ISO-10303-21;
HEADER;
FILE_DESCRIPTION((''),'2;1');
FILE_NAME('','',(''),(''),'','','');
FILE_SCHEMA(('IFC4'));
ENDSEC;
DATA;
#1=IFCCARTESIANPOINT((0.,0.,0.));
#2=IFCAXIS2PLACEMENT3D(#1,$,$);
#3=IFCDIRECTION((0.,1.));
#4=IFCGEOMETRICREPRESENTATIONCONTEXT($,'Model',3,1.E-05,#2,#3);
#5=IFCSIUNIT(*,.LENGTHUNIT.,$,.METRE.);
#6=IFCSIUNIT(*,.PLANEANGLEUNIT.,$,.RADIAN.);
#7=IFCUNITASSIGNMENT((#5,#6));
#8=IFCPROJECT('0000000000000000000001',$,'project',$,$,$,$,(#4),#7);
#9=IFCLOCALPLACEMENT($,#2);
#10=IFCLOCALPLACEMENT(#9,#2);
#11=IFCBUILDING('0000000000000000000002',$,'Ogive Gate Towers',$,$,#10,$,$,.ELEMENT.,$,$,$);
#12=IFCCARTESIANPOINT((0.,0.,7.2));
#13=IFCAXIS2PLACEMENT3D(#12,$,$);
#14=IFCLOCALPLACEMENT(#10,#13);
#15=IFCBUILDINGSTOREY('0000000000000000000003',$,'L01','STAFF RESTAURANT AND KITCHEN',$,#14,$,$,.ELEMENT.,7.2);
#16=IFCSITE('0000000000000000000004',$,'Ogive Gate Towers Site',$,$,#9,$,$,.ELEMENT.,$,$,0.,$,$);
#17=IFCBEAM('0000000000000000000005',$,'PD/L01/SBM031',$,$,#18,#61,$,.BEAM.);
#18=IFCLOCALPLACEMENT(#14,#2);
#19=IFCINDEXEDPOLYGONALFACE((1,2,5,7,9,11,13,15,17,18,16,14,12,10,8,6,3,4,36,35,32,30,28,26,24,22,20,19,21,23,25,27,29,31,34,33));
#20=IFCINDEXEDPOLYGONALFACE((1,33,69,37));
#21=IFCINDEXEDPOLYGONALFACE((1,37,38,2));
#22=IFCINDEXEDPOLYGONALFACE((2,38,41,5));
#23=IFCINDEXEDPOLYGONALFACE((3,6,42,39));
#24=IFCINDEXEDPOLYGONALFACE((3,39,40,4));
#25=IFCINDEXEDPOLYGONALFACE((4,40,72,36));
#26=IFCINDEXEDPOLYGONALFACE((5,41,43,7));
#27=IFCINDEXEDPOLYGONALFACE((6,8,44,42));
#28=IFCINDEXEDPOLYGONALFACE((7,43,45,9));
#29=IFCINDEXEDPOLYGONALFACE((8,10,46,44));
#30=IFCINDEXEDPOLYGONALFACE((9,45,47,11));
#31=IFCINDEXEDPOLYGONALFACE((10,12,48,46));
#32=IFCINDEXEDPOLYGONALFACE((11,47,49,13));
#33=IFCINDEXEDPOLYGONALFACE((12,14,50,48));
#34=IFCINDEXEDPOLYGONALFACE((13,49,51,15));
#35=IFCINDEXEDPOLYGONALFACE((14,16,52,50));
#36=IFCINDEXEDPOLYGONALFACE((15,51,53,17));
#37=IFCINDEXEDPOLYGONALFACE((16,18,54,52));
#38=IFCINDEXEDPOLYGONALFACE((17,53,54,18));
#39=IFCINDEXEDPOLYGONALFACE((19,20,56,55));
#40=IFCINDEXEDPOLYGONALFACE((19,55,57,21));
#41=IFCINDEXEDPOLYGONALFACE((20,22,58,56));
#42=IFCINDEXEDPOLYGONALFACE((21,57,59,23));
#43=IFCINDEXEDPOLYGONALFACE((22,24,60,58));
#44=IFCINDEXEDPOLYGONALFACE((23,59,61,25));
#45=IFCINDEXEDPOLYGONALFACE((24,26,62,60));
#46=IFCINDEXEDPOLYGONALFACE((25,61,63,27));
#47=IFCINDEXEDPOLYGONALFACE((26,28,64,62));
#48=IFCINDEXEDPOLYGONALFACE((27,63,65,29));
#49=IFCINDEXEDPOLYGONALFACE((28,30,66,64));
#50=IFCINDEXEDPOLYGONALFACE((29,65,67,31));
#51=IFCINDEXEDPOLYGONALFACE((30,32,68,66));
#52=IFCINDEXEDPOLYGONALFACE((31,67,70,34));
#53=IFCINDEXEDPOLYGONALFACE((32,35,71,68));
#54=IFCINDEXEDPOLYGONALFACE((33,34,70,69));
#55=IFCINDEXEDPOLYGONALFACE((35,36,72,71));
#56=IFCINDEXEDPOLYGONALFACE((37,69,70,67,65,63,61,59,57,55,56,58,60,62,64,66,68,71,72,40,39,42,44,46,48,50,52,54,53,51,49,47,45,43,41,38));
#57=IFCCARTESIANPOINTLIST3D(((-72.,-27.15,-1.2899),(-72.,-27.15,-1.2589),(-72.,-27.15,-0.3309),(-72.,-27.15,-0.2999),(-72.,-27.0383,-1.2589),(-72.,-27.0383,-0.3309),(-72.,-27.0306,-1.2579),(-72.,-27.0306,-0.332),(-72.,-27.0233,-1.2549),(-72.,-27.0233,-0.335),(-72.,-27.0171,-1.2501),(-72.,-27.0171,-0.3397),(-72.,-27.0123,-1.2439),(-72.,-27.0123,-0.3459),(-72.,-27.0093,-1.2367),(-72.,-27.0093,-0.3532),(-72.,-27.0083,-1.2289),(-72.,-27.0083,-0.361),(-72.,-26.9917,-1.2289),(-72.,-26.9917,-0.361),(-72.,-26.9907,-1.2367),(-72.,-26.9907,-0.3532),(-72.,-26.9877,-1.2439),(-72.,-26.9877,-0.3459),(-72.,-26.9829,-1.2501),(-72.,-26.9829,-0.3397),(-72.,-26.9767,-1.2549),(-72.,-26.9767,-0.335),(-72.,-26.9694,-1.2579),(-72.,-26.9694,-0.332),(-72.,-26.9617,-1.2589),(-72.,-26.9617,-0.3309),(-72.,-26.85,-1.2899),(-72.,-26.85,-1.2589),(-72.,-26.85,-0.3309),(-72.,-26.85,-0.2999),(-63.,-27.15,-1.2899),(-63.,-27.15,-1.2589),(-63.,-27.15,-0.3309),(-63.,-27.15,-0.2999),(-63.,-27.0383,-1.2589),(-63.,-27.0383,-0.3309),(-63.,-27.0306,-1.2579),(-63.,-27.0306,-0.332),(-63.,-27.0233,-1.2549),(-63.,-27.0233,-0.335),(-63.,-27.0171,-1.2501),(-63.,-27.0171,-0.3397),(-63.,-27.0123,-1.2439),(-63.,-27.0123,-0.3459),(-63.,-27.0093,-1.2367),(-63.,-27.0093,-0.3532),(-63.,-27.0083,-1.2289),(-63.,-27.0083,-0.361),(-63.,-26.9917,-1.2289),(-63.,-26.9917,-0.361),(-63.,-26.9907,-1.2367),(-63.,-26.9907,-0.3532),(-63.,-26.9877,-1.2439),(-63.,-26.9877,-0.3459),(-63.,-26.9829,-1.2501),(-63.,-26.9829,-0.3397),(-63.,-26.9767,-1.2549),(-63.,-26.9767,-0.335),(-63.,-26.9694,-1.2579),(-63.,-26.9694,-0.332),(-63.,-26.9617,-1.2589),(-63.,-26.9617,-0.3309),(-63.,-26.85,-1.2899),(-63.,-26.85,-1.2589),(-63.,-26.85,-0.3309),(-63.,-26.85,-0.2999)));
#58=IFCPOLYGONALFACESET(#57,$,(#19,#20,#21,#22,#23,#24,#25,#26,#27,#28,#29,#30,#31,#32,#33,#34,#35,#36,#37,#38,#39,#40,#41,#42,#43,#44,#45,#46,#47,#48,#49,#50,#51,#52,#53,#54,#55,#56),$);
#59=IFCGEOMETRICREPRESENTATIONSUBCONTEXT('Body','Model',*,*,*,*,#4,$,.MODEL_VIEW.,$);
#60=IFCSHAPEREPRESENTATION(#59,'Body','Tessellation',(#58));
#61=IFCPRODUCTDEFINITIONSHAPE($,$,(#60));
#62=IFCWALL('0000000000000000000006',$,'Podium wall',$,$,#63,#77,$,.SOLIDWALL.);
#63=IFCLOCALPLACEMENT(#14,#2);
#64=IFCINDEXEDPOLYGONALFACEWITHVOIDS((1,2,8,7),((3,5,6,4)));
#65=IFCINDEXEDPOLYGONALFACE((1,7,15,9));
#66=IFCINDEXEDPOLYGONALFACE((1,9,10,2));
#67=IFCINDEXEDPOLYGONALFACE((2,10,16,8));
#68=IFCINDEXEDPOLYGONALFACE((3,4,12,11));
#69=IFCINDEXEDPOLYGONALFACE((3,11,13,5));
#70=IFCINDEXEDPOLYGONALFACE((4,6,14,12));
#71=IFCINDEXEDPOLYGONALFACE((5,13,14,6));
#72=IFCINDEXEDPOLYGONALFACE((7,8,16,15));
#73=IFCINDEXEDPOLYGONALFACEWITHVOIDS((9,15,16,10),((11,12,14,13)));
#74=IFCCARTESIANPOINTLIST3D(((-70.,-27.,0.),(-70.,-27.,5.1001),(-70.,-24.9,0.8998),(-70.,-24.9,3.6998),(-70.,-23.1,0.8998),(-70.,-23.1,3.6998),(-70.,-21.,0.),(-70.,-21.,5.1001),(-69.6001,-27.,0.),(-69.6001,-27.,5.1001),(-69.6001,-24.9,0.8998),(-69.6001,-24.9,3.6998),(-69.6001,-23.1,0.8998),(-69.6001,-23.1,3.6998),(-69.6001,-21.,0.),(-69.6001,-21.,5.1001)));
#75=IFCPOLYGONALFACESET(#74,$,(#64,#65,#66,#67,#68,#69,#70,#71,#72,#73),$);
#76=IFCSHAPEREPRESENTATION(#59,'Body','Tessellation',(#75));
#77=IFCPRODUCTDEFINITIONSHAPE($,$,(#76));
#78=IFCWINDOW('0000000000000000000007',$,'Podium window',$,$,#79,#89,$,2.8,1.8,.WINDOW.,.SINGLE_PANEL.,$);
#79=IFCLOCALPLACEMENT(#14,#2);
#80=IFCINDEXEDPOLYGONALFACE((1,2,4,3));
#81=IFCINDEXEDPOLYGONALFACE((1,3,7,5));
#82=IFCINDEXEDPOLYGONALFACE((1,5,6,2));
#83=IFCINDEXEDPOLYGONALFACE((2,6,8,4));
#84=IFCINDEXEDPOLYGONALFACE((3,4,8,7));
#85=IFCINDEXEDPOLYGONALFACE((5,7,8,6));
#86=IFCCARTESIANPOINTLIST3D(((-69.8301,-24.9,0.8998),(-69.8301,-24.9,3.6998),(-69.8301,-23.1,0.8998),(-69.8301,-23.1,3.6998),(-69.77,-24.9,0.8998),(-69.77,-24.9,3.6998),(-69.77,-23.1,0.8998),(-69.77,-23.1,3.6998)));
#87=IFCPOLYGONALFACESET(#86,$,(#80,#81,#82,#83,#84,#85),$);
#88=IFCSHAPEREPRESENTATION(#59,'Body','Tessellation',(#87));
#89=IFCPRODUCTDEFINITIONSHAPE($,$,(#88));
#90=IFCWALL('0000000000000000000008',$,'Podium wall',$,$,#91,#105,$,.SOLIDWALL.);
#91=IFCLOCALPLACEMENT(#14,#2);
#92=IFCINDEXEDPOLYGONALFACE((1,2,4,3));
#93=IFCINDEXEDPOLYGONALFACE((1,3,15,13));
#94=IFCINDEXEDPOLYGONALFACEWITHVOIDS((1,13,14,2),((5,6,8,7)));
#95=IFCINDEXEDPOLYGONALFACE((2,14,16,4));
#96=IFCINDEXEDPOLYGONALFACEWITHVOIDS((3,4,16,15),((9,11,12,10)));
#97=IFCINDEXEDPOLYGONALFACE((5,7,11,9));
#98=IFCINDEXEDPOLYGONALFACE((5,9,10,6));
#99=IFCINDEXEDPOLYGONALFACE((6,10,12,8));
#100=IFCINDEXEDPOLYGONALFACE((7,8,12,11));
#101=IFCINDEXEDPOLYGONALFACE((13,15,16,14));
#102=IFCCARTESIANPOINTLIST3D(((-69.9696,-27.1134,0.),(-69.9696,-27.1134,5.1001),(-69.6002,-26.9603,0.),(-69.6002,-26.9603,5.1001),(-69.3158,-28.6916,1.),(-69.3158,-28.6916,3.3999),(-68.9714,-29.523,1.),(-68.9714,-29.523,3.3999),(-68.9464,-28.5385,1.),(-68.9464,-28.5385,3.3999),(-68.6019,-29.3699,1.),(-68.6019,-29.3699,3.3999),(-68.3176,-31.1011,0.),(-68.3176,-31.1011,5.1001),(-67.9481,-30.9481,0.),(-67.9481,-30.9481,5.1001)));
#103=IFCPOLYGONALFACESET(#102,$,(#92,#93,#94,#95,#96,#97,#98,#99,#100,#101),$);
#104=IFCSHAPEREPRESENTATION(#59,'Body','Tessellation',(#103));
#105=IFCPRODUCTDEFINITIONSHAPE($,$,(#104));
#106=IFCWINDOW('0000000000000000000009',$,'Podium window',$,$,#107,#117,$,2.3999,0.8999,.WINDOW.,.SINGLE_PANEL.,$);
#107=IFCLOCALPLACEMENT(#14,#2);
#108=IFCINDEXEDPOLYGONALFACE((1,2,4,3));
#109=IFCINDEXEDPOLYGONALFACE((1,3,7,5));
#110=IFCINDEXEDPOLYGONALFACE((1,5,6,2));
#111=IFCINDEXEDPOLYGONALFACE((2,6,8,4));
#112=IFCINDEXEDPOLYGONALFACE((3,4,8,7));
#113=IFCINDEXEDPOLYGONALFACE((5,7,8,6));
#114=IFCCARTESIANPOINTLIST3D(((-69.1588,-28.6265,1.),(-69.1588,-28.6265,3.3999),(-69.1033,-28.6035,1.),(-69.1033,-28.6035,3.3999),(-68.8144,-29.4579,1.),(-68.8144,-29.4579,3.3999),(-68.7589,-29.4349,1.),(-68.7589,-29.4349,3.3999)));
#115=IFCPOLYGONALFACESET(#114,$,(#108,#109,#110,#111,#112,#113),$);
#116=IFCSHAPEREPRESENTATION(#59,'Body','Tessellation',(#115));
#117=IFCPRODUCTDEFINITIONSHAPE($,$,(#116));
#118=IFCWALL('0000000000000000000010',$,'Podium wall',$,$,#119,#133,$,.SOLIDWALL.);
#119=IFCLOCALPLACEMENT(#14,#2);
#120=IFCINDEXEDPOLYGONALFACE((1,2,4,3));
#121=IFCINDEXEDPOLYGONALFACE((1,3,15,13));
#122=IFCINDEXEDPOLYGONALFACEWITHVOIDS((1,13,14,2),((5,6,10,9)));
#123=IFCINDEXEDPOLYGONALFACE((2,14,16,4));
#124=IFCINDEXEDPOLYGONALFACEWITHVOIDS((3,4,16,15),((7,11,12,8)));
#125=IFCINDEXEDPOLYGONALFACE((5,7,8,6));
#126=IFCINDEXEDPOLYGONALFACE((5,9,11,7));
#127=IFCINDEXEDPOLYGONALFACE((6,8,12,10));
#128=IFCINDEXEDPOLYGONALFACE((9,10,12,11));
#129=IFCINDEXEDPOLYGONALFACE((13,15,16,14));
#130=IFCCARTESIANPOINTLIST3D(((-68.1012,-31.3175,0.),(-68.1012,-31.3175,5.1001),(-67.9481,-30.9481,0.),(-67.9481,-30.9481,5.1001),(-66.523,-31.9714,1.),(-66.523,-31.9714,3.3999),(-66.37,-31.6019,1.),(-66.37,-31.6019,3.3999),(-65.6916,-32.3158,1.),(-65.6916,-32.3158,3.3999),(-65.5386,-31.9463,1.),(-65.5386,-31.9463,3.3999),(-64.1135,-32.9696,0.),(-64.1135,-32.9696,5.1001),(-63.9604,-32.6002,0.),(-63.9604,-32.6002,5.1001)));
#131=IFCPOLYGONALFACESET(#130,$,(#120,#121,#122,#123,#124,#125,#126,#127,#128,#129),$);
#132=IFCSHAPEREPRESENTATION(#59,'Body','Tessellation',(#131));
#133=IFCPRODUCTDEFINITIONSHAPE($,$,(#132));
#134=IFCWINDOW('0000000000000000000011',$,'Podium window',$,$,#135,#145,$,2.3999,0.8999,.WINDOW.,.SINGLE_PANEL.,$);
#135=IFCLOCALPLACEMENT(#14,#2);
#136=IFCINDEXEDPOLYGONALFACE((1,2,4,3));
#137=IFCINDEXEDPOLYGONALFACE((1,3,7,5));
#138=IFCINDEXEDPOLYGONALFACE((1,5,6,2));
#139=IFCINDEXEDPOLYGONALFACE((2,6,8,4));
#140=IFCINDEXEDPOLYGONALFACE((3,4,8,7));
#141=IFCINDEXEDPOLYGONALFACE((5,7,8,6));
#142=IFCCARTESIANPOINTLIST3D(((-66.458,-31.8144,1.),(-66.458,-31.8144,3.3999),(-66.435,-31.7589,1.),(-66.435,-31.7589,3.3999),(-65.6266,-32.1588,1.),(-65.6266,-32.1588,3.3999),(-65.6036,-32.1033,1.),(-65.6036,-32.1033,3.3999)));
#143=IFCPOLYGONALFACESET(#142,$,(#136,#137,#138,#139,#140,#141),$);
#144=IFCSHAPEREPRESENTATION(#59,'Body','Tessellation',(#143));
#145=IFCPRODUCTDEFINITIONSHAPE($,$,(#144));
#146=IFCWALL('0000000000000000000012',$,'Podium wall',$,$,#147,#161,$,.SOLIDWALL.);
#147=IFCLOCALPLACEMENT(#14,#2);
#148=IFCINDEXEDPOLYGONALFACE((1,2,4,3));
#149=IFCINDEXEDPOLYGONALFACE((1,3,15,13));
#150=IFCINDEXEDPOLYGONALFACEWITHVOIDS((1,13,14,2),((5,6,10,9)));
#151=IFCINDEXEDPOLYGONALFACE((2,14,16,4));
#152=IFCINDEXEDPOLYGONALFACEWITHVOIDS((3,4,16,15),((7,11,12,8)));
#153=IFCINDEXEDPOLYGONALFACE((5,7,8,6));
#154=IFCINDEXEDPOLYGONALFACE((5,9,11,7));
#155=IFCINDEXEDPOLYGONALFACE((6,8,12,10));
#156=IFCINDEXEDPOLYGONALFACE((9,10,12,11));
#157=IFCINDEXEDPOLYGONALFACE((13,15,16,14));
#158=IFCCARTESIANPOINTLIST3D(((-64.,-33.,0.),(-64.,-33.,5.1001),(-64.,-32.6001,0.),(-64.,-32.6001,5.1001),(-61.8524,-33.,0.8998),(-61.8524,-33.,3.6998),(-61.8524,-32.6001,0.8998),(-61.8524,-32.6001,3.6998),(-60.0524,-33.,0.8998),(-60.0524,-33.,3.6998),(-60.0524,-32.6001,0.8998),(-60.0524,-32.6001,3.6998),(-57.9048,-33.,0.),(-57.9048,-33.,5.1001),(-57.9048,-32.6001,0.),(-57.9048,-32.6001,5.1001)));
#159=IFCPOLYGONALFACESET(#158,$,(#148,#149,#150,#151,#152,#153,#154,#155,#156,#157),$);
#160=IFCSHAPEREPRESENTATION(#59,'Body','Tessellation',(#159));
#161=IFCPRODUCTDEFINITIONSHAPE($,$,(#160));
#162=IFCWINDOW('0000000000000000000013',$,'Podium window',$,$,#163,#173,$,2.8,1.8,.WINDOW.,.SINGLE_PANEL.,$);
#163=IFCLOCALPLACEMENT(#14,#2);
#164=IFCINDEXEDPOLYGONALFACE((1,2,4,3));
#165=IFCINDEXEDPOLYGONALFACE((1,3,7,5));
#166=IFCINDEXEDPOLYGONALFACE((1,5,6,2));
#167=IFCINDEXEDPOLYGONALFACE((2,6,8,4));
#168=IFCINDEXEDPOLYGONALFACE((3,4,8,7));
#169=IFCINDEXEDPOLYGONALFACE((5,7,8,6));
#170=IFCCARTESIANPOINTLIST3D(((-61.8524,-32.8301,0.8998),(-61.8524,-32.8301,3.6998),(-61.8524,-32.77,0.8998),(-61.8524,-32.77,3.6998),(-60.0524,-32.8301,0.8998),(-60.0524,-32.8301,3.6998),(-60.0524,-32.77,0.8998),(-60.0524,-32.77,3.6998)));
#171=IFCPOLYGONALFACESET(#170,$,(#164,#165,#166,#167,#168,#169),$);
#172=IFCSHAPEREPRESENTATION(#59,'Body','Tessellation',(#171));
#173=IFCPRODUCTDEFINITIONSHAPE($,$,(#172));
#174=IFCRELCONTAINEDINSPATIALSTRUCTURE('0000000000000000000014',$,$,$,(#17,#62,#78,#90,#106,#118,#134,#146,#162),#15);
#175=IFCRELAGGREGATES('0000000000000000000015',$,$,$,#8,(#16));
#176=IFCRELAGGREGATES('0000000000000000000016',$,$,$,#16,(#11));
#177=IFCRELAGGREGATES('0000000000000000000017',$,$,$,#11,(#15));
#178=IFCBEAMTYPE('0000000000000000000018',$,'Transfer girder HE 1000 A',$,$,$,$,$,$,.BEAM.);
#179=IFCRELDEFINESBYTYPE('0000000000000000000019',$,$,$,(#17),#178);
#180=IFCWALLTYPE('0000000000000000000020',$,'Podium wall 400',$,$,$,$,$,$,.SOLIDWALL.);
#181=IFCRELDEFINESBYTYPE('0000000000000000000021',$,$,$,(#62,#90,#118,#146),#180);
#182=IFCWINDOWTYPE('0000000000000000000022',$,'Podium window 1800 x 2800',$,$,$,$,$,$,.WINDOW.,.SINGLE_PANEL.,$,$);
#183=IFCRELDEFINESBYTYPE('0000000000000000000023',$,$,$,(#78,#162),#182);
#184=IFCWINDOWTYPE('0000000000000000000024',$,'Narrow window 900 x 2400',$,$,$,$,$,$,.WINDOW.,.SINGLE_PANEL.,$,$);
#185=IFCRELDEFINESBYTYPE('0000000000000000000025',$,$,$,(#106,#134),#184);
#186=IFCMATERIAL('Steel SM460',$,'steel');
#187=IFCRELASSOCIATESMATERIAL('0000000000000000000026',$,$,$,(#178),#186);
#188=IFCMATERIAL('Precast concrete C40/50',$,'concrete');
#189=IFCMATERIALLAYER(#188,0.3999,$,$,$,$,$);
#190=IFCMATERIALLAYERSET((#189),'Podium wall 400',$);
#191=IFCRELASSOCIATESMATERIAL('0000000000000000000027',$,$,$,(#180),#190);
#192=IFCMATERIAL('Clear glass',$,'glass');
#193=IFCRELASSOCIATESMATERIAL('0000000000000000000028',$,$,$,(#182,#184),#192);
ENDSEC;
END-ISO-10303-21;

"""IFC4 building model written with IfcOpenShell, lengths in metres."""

from ifc_helpers import new_model, si_unit, direction, frame, frame_2d, origin, origin_2d, place, context, subcontext, project, spatial, rectangle, i_section, extrude, material, layer, layer_set, material_profile, profile_set, type_object, element, fill, save


model = new_model("IFC4")

# Units and contexts
model_context = context("Model", 3, precision=1e-05, world=origin(), true_north=direction((0.0, 1.0)))
body_context = subcontext(model_context, "Body", "Model", "MODEL_VIEW")
ifc_project = project(units=[si_unit("LENGTHUNIT", "METRE"), si_unit("PLANEANGLEUNIT", "RADIAN")], contexts=[model_context])

# Site, building, storey
site_placement = place(None, origin())
site = spatial("IfcSite", under=ifc_project, at=site_placement, Name="Ogive Gate Towers Site", CompositionType="ELEMENT", RefElevation=0.0)
building_placement = place(site_placement, origin())
building = spatial("IfcBuilding", under=site, at=building_placement, Name="Ogive Gate Towers", CompositionType="ELEMENT")
storey_placement = place(building_placement, frame((0.0, 0.0, 7.2)))
storey = spatial("IfcBuildingStorey", under=building, at=storey_placement, Name="L01", Description="STAFF RESTAURANT AND KITCHEN", CompositionType="ELEMENT", Elevation=7.2)

# Beam
ifc_material_1 = material(Name="Steel SM460", Category="steel")
ifc_material_profile_1 = material_profile(ifc_material_1, i_section(OverallWidth=0.3, OverallDepth=0.99, WebThickness=0.0166, FlangeThickness=0.031, FilletRadius=0.03, at=origin_2d()), Name="HE 1000 A")
ifc_profile_set_1 = profile_set([ifc_material_profile_1], Name="Steel SM460")
beam_type_1 = type_object("IfcBeamType", Name="Transfer girder HE 1000 A", PredefinedType="BEAM", material=ifc_profile_set_1)
for number, where, z_axis, x_axis, name in (
    (1, (-72.0, -27.0, -0.7949), (1.0, 0.0, 0.0), (0.0, 1.0, 0.0), "PD/L01/SBM031"),
):
    element("IfcBeam", number, at=place(storey_placement, frame(where, z_axis=z_axis, x_axis=x_axis)), inside=storey, type_object=beam_type_1, Name=name, PredefinedType="BEAM", context=body_context, shape_type="SweptSolid", body=[
        extrude(i_section(OverallWidth=0.3, OverallDepth=0.99, WebThickness=0.0166, FlangeThickness=0.031, FilletRadius=0.03, at=origin_2d()), origin(), (0.0, 0.0, 1.0), 9.0),
    ])

# Walls, openings, windows
ifc_material_2 = material(Name="Precast concrete C40/50", Category="concrete")
ifc_layer = layer(ifc_material_2, 0.3999)
ifc_layer_set = layer_set([ifc_layer], Name="Podium wall 400")
wall_type = type_object("IfcWallType", Name="Podium wall 400", PredefinedType="SOLIDWALL", material=ifc_layer_set)
wall_1_placement = place(storey_placement, frame((-69.8, -21.0, 0.0), z_axis=(0.0, 0.0, 1.0), x_axis=(0.0, -1.0, 0.0)))
wall_1 = element("IfcWall", 2, at=wall_1_placement, inside=storey, type_object=wall_type, Name="Podium wall", PredefinedType="SOLIDWALL", context=body_context, shape_type="SweptSolid", body=[
    extrude(rectangle(XDim=6.0, YDim=0.3999, at=frame_2d((3.0, 0.0))), origin(), (0.0, 0.0, 1.0), 5.1001),
])
opening_1_placement = place(wall_1_placement, frame((2.1001, 0.0, 0.8999)))
opening_1 = element("IfcOpeningElement", 3, at=opening_1_placement, cuts=wall_1, PredefinedType="OPENING", context=body_context, shape_type="SweptSolid", body=[
    extrude(rectangle(XDim=1.8, YDim=2.8, at=frame_2d((0.8999, 1.3999))), frame((0.0, 0.21, 0.0), z_axis=(0.0, -1.0, 0.0), x_axis=(1.0, 0.0, 0.0)), (0.0, 0.0, 1.0), 0.4199),
])
ifc_material_3 = material(Name="Clear glass", Category="glass")
window_type_1 = type_object("IfcWindowType", Name="Podium window 1800 x 2800", PartitioningType="SINGLE_PANEL", PredefinedType="WINDOW", material=ifc_material_3)
window_1_placement = place(opening_1_placement, origin())
window_1 = element("IfcWindow", 4, at=window_1_placement, inside=storey, type_object=window_type_1, Name="Podium window", OverallHeight=2.8, OverallWidth=1.8, PartitioningType="SINGLE_PANEL", PredefinedType="WINDOW", context=body_context, shape_type="SweptSolid", body=[
    extrude(rectangle(XDim=1.8, YDim=2.8, at=frame_2d((0.8999, 1.3999))), frame((0.0, 0.03, 0.0), z_axis=(0.0, -1.0, 0.0), x_axis=(1.0, 0.0, 0.0)), (0.0, 0.0, 1.0), 0.0601),
])
fill(opening_1, window_1)
wall_2_placement = place(storey_placement, frame((-69.7849, -27.0369, 0.0), z_axis=(0.0, 0.0, 1.0), x_axis=(0.382743, -0.923855, 0.0)))
wall_2 = element("IfcWall", 5, at=wall_2_placement, inside=storey, type_object=wall_type, Name="Podium wall", PredefinedType="SOLIDWALL", context=body_context, shape_type="SweptSolid", body=[
    extrude(rectangle(XDim=4.3164, YDim=0.3999, at=frame_2d((2.1582, 0.0))), origin(), (0.0, 0.0, 1.0), 5.1001),
])
opening_2_placement = place(wall_2_placement, frame((1.7083, 0.0, 1.0)))
opening_2 = element("IfcOpeningElement", 6, at=opening_2_placement, cuts=wall_2, PredefinedType="OPENING", context=body_context, shape_type="SweptSolid", body=[
    extrude(rectangle(XDim=0.8999, YDim=2.3999, at=frame_2d((0.45, 1.2))), frame((0.0, 0.21, 0.0), z_axis=(0.0, -1.0, 0.0), x_axis=(1.0, 0.0, 0.0)), (0.0, 0.0, 1.0), 0.4199),
])
window_type_2 = type_object("IfcWindowType", Name="Narrow window 900 x 2400", PartitioningType="SINGLE_PANEL", PredefinedType="WINDOW", material=ifc_material_3)
window_2_placement = place(opening_2_placement, origin())
window_2 = element("IfcWindow", 7, at=window_2_placement, inside=storey, type_object=window_type_2, Name="Podium window", OverallHeight=2.3999, OverallWidth=0.8999, PartitioningType="SINGLE_PANEL", PredefinedType="WINDOW", context=body_context, shape_type="SweptSolid", body=[
    extrude(rectangle(XDim=0.8999, YDim=2.3999, at=frame_2d((0.45, 1.2))), frame((0.0, 0.03, 0.0), z_axis=(0.0, -1.0, 0.0), x_axis=(1.0, 0.0, 0.0)), (0.0, 0.0, 1.0), 0.0601),
])
fill(opening_2, window_2)
wall_3_placement = place(storey_placement, frame((-68.0247, -31.1328, 0.0), z_axis=(0.0, 0.0, 1.0), x_axis=(0.923855, -0.382743, 0.0)))
wall_3 = element("IfcWall", 8, at=wall_3_placement, inside=storey, type_object=wall_type, Name="Podium wall", PredefinedType="SOLIDWALL", context=body_context, shape_type="SweptSolid", body=[
    extrude(rectangle(XDim=4.3164, YDim=0.3999, at=frame_2d((2.1582, 0.0))), origin(), (0.0, 0.0, 1.0), 5.1001),
])
opening_3_placement = place(wall_3_placement, frame((1.7083, 0.0, 1.0)))
opening_3 = element("IfcOpeningElement", 9, at=opening_3_placement, cuts=wall_3, PredefinedType="OPENING", context=body_context, shape_type="SweptSolid", body=[
    extrude(rectangle(XDim=0.8999, YDim=2.3999, at=frame_2d((0.45, 1.2))), frame((0.0, 0.21, 0.0), z_axis=(0.0, -1.0, 0.0), x_axis=(1.0, 0.0, 0.0)), (0.0, 0.0, 1.0), 0.4199),
])
window_3_placement = place(opening_3_placement, origin())
window_3 = element("IfcWindow", 10, at=window_3_placement, inside=storey, type_object=window_type_2, Name="Podium window", OverallHeight=2.3999, OverallWidth=0.8999, PartitioningType="SINGLE_PANEL", PredefinedType="WINDOW", context=body_context, shape_type="SweptSolid", body=[
    extrude(rectangle(XDim=0.8999, YDim=2.3999, at=frame_2d((0.45, 1.2))), frame((0.0, 0.03, 0.0), z_axis=(0.0, -1.0, 0.0), x_axis=(1.0, 0.0, 0.0)), (0.0, 0.0, 1.0), 0.0601),
])
fill(opening_3, window_3)
wall_4_placement = place(storey_placement, frame((-64.0, -32.8, 0.0), z_axis=(0.0, 0.0, 1.0), x_axis=(1.0, 0.0, 0.0)))
wall_4 = element("IfcWall", 11, at=wall_4_placement, inside=storey, type_object=wall_type, Name="Podium wall", PredefinedType="SOLIDWALL", context=body_context, shape_type="SweptSolid", body=[
    extrude(rectangle(XDim=6.0952, YDim=0.3999, at=frame_2d((3.0476, 0.0))), origin(), (0.0, 0.0, 1.0), 5.1001),
])
opening_4_placement = place(wall_4_placement, frame((2.1477, 0.0, 0.8999)))
opening_4 = element("IfcOpeningElement", 12, at=opening_4_placement, cuts=wall_4, PredefinedType="OPENING", context=body_context, shape_type="SweptSolid", body=[
    extrude(rectangle(XDim=1.8, YDim=2.8, at=frame_2d((0.8999, 1.3999))), frame((0.0, 0.21, 0.0), z_axis=(0.0, -1.0, 0.0), x_axis=(1.0, 0.0, 0.0)), (0.0, 0.0, 1.0), 0.4199),
])
window_4_placement = place(opening_4_placement, origin())
window_4 = element("IfcWindow", 13, at=window_4_placement, inside=storey, type_object=window_type_1, Name="Podium window", OverallHeight=2.8, OverallWidth=1.8, PartitioningType="SINGLE_PANEL", PredefinedType="WINDOW", context=body_context, shape_type="SweptSolid", body=[
    extrude(rectangle(XDim=1.8, YDim=2.8, at=frame_2d((0.8999, 1.3999))), frame((0.0, 0.03, 0.0), z_axis=(0.0, -1.0, 0.0), x_axis=(1.0, 0.0, 0.0)), (0.0, 0.0, 1.0), 0.0601),
])
fill(opening_4, window_4)

save(model, "model.ifc")
